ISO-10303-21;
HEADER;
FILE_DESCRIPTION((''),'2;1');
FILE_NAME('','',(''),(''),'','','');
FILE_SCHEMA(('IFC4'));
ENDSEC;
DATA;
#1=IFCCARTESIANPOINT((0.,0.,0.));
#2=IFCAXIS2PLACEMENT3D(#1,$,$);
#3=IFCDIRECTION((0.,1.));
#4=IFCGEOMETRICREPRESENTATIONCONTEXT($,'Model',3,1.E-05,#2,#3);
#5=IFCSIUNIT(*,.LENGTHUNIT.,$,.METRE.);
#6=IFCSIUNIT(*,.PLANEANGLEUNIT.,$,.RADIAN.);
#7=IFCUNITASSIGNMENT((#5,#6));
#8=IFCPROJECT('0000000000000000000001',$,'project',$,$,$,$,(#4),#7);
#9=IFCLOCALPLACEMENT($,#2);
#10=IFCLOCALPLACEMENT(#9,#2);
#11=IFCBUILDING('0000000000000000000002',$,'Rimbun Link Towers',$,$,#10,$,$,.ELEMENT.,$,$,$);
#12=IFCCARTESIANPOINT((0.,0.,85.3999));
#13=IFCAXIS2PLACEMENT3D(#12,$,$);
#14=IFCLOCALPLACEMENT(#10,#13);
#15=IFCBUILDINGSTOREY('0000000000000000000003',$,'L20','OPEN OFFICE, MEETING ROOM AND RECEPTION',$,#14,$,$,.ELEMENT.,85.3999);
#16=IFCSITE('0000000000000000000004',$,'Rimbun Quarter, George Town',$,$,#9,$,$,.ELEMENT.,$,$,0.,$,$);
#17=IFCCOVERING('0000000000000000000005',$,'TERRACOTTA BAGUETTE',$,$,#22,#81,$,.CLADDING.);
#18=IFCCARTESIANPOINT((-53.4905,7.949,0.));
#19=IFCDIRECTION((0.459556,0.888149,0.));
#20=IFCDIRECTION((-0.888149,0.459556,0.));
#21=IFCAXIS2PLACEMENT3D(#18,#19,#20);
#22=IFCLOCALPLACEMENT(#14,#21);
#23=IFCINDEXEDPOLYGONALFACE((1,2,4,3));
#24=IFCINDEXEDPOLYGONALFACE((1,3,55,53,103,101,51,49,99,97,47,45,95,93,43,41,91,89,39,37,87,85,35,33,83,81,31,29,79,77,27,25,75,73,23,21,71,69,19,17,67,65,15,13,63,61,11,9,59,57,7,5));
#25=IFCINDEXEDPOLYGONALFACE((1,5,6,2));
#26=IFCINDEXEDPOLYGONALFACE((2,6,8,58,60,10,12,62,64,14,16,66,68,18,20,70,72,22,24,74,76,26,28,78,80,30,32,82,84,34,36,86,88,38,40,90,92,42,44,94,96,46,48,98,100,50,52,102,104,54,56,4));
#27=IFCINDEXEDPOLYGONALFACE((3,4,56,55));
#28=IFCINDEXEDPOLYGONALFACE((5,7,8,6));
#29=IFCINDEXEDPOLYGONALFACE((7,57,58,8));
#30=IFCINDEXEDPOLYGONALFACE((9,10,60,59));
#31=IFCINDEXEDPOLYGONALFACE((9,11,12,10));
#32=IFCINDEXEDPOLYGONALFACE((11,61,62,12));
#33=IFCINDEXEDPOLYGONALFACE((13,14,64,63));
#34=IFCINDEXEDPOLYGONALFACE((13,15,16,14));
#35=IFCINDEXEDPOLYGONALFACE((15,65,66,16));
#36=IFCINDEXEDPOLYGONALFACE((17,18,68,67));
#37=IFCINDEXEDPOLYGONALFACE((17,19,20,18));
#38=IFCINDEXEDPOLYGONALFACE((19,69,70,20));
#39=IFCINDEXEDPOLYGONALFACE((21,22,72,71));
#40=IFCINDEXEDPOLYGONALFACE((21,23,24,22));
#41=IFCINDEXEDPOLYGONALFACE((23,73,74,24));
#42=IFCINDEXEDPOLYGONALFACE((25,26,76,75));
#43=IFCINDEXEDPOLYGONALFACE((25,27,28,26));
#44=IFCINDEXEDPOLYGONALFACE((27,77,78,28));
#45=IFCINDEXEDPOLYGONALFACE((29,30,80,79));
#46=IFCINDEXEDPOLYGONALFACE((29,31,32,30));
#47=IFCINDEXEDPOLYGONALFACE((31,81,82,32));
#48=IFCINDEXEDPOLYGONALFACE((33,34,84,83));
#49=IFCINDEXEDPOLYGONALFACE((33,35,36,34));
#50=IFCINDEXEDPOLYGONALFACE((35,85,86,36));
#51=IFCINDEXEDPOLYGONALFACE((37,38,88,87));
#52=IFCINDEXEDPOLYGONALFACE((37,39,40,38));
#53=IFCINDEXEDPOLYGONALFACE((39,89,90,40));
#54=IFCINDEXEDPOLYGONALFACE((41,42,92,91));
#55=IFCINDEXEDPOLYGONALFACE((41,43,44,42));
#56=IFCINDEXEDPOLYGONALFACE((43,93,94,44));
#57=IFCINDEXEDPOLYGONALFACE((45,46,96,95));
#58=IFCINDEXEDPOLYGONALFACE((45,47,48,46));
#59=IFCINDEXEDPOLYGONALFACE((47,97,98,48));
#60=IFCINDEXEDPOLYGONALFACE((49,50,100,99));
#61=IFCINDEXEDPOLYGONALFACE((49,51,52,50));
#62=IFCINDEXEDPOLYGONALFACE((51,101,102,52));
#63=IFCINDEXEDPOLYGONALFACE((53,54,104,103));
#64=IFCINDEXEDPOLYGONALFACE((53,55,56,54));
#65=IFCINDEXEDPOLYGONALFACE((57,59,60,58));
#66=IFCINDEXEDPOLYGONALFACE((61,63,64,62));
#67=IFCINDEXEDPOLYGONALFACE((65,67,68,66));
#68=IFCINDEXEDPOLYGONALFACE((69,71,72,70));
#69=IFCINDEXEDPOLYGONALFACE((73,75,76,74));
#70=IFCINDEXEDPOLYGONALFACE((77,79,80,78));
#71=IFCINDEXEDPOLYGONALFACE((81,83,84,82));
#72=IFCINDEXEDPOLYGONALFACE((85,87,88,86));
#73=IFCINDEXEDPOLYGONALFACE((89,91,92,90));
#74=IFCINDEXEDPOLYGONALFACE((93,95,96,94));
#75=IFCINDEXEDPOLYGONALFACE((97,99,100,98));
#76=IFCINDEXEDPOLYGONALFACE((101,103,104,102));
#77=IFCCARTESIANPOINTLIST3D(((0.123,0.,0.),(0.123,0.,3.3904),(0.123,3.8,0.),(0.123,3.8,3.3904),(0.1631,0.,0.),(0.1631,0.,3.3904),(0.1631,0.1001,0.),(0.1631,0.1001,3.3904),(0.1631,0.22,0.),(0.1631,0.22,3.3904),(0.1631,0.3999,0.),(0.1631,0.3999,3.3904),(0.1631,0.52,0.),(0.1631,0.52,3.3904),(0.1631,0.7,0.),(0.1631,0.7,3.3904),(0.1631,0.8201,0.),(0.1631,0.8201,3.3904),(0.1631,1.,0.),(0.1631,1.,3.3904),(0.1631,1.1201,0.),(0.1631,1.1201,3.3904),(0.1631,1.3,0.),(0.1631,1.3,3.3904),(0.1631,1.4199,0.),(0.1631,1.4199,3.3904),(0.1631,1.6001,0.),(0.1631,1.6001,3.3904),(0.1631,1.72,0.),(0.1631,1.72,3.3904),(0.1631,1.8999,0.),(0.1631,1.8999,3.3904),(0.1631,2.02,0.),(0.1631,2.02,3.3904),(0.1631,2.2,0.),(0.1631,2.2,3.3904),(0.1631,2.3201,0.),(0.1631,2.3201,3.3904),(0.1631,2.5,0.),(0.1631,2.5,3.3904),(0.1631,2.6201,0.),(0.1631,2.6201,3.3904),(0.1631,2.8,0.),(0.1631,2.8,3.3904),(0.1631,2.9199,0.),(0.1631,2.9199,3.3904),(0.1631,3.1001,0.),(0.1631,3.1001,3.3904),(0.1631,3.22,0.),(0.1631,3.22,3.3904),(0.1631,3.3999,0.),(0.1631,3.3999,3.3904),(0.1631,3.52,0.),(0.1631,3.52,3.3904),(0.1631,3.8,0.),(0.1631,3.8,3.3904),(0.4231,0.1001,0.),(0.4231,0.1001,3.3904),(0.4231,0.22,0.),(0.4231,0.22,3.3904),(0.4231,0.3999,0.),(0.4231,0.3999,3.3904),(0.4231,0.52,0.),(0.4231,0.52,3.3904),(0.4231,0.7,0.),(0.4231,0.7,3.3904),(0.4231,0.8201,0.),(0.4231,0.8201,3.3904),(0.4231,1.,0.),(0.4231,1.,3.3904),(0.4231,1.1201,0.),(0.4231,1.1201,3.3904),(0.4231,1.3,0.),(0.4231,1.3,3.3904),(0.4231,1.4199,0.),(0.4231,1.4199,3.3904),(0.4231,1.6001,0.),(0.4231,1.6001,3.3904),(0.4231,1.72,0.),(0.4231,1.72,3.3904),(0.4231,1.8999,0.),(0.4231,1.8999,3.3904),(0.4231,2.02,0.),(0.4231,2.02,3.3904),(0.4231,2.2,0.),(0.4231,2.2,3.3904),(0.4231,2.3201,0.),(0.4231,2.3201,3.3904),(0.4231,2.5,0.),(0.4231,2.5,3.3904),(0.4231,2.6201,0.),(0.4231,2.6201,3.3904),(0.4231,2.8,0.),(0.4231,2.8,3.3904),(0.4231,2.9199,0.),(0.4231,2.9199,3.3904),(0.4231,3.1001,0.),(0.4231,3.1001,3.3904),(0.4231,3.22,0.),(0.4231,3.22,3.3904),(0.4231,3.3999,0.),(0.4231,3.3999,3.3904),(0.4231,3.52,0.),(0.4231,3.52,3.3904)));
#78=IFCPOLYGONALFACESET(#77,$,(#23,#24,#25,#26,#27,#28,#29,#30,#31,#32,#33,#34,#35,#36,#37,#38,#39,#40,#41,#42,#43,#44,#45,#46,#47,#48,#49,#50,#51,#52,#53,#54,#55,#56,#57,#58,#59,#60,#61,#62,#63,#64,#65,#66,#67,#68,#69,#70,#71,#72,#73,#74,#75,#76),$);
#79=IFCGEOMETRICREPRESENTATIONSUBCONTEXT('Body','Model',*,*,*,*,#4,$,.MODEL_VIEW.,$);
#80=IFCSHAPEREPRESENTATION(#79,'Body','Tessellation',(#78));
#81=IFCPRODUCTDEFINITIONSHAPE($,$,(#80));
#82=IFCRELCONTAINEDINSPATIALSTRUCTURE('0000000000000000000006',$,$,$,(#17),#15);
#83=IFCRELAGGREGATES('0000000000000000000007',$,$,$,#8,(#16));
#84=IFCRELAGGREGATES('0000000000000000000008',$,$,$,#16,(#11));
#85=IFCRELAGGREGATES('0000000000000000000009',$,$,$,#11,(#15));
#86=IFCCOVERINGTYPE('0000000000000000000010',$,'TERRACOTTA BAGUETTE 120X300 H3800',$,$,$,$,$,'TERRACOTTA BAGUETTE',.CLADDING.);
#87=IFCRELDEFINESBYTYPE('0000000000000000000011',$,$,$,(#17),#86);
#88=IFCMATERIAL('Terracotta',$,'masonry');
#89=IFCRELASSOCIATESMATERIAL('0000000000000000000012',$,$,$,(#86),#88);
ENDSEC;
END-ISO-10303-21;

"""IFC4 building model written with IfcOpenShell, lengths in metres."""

from ifc_helpers import new_model, si_unit, direction, frame, origin, place, context, subcontext, project, spatial, polyline, outline, extrude, material, material_profile, profile_set, type_object, element, save


model = new_model("IFC4")

# Units and contexts
model_context = context("Model", 3, precision=1e-05, world=origin(), true_north=direction((0.0, 1.0)))
body_context = subcontext(model_context, "Body", "Model", "MODEL_VIEW")
ifc_project = project(units=[si_unit("LENGTHUNIT", "METRE"), si_unit("PLANEANGLEUNIT", "RADIAN")], contexts=[model_context])

# Site, building, storey
site_placement = place(None, origin())
site = spatial("IfcSite", under=ifc_project, at=site_placement, Name="Rimbun Quarter, George Town", CompositionType="ELEMENT", RefElevation=0.0)
building_placement = place(site_placement, origin())
building = spatial("IfcBuilding", under=site, at=building_placement, Name="Rimbun Link Towers", CompositionType="ELEMENT")
storey_placement = place(building_placement, frame((0.0, 0.0, 85.3999)))
storey = spatial("IfcBuildingStorey", under=building, at=storey_placement, Name="L20", Description="OPEN OFFICE, MEETING ROOM AND RECEPTION", CompositionType="ELEMENT", Elevation=85.3999)

# Covering
ifc_material_1 = material(Name="Terracotta", Category="masonry")
ifc_material_profile_1 = material_profile(ifc_material_1, outline(polyline([(0.123, 0.0), (0.1631, 0.0), (0.1631, 0.1001), (0.4231, 0.1001), (0.4231, 0.22), (0.1631, 0.22), (0.1631, 0.3999), (0.4231, 0.3999), (0.4231, 0.52), (0.1631, 0.52), (0.1631, 0.7), (0.4231, 0.7), (0.4231, 0.8201), (0.1631, 0.8201), (0.1631, 1.0), (0.4231, 1.0), (0.4231, 1.1201), (0.1631, 1.1201), (0.1631, 1.3), (0.4231, 1.3), (0.4231, 1.4199), (0.1631, 1.4199), (0.1631, 1.6001), (0.4231, 1.6001), (0.4231, 1.72), (0.1631, 1.72), (0.1631, 1.8999), (0.4231, 1.8999), (0.4231, 2.02), (0.1631, 2.02), (0.1631, 2.2), (0.4231, 2.2), (0.4231, 2.3201), (0.1631, 2.3201), (0.1631, 2.5), (0.4231, 2.5), (0.4231, 2.6201), (0.1631, 2.6201), (0.1631, 2.8), (0.4231, 2.8), (0.4231, 2.9199), (0.1631, 2.9199), (0.1631, 3.1001), (0.4231, 3.1001), (0.4231, 3.22), (0.1631, 3.22), (0.1631, 3.3999), (0.4231, 3.3999), (0.4231, 3.52), (0.1631, 3.52), (0.1631, 3.8), (0.123, 3.8), (0.123, 0.0)])), Name="BAGUETTE 120X300")
ifc_profile_set_1 = profile_set([ifc_material_profile_1], Name="Terracotta")
covering_type = type_object("IfcCoveringType", Name="TERRACOTTA BAGUETTE 120X300 H3800", ElementType="TERRACOTTA BAGUETTE", PredefinedType="CLADDING", material=ifc_profile_set_1)
covering_placement = place(storey_placement, frame((-53.4905, 7.949, 0.0), z_axis=(0.459556, 0.888149, 0.0), x_axis=(-0.888149, 0.459556, 0.0)))
element("IfcCovering", 1, at=covering_placement, inside=storey, type_object=covering_type, Name="TERRACOTTA BAGUETTE", PredefinedType="CLADDING", context=body_context, shape_type="SweptSolid", body=[
    extrude(outline(polyline([(0.123, 0.0), (0.1631, 0.0), (0.1631, 0.1001), (0.4231, 0.1001), (0.4231, 0.22), (0.1631, 0.22), (0.1631, 0.3999), (0.4231, 0.3999), (0.4231, 0.52), (0.1631, 0.52), (0.1631, 0.7), (0.4231, 0.7), (0.4231, 0.8201), (0.1631, 0.8201), (0.1631, 1.0), (0.4231, 1.0), (0.4231, 1.1201), (0.1631, 1.1201), (0.1631, 1.3), (0.4231, 1.3), (0.4231, 1.4199), (0.1631, 1.4199), (0.1631, 1.6001), (0.4231, 1.6001), (0.4231, 1.72), (0.1631, 1.72), (0.1631, 1.8999), (0.4231, 1.8999), (0.4231, 2.02), (0.1631, 2.02), (0.1631, 2.2), (0.4231, 2.2), (0.4231, 2.3201), (0.1631, 2.3201), (0.1631, 2.5), (0.4231, 2.5), (0.4231, 2.6201), (0.1631, 2.6201), (0.1631, 2.8), (0.4231, 2.8), (0.4231, 2.9199), (0.1631, 2.9199), (0.1631, 3.1001), (0.4231, 3.1001), (0.4231, 3.22), (0.1631, 3.22), (0.1631, 3.3999), (0.4231, 3.3999), (0.4231, 3.52), (0.1631, 3.52), (0.1631, 3.8), (0.123, 3.8), (0.123, 0.0)])), origin(), (0.0, 0.0, 1.0), 3.3904),
])

save(model, "model.ifc")
